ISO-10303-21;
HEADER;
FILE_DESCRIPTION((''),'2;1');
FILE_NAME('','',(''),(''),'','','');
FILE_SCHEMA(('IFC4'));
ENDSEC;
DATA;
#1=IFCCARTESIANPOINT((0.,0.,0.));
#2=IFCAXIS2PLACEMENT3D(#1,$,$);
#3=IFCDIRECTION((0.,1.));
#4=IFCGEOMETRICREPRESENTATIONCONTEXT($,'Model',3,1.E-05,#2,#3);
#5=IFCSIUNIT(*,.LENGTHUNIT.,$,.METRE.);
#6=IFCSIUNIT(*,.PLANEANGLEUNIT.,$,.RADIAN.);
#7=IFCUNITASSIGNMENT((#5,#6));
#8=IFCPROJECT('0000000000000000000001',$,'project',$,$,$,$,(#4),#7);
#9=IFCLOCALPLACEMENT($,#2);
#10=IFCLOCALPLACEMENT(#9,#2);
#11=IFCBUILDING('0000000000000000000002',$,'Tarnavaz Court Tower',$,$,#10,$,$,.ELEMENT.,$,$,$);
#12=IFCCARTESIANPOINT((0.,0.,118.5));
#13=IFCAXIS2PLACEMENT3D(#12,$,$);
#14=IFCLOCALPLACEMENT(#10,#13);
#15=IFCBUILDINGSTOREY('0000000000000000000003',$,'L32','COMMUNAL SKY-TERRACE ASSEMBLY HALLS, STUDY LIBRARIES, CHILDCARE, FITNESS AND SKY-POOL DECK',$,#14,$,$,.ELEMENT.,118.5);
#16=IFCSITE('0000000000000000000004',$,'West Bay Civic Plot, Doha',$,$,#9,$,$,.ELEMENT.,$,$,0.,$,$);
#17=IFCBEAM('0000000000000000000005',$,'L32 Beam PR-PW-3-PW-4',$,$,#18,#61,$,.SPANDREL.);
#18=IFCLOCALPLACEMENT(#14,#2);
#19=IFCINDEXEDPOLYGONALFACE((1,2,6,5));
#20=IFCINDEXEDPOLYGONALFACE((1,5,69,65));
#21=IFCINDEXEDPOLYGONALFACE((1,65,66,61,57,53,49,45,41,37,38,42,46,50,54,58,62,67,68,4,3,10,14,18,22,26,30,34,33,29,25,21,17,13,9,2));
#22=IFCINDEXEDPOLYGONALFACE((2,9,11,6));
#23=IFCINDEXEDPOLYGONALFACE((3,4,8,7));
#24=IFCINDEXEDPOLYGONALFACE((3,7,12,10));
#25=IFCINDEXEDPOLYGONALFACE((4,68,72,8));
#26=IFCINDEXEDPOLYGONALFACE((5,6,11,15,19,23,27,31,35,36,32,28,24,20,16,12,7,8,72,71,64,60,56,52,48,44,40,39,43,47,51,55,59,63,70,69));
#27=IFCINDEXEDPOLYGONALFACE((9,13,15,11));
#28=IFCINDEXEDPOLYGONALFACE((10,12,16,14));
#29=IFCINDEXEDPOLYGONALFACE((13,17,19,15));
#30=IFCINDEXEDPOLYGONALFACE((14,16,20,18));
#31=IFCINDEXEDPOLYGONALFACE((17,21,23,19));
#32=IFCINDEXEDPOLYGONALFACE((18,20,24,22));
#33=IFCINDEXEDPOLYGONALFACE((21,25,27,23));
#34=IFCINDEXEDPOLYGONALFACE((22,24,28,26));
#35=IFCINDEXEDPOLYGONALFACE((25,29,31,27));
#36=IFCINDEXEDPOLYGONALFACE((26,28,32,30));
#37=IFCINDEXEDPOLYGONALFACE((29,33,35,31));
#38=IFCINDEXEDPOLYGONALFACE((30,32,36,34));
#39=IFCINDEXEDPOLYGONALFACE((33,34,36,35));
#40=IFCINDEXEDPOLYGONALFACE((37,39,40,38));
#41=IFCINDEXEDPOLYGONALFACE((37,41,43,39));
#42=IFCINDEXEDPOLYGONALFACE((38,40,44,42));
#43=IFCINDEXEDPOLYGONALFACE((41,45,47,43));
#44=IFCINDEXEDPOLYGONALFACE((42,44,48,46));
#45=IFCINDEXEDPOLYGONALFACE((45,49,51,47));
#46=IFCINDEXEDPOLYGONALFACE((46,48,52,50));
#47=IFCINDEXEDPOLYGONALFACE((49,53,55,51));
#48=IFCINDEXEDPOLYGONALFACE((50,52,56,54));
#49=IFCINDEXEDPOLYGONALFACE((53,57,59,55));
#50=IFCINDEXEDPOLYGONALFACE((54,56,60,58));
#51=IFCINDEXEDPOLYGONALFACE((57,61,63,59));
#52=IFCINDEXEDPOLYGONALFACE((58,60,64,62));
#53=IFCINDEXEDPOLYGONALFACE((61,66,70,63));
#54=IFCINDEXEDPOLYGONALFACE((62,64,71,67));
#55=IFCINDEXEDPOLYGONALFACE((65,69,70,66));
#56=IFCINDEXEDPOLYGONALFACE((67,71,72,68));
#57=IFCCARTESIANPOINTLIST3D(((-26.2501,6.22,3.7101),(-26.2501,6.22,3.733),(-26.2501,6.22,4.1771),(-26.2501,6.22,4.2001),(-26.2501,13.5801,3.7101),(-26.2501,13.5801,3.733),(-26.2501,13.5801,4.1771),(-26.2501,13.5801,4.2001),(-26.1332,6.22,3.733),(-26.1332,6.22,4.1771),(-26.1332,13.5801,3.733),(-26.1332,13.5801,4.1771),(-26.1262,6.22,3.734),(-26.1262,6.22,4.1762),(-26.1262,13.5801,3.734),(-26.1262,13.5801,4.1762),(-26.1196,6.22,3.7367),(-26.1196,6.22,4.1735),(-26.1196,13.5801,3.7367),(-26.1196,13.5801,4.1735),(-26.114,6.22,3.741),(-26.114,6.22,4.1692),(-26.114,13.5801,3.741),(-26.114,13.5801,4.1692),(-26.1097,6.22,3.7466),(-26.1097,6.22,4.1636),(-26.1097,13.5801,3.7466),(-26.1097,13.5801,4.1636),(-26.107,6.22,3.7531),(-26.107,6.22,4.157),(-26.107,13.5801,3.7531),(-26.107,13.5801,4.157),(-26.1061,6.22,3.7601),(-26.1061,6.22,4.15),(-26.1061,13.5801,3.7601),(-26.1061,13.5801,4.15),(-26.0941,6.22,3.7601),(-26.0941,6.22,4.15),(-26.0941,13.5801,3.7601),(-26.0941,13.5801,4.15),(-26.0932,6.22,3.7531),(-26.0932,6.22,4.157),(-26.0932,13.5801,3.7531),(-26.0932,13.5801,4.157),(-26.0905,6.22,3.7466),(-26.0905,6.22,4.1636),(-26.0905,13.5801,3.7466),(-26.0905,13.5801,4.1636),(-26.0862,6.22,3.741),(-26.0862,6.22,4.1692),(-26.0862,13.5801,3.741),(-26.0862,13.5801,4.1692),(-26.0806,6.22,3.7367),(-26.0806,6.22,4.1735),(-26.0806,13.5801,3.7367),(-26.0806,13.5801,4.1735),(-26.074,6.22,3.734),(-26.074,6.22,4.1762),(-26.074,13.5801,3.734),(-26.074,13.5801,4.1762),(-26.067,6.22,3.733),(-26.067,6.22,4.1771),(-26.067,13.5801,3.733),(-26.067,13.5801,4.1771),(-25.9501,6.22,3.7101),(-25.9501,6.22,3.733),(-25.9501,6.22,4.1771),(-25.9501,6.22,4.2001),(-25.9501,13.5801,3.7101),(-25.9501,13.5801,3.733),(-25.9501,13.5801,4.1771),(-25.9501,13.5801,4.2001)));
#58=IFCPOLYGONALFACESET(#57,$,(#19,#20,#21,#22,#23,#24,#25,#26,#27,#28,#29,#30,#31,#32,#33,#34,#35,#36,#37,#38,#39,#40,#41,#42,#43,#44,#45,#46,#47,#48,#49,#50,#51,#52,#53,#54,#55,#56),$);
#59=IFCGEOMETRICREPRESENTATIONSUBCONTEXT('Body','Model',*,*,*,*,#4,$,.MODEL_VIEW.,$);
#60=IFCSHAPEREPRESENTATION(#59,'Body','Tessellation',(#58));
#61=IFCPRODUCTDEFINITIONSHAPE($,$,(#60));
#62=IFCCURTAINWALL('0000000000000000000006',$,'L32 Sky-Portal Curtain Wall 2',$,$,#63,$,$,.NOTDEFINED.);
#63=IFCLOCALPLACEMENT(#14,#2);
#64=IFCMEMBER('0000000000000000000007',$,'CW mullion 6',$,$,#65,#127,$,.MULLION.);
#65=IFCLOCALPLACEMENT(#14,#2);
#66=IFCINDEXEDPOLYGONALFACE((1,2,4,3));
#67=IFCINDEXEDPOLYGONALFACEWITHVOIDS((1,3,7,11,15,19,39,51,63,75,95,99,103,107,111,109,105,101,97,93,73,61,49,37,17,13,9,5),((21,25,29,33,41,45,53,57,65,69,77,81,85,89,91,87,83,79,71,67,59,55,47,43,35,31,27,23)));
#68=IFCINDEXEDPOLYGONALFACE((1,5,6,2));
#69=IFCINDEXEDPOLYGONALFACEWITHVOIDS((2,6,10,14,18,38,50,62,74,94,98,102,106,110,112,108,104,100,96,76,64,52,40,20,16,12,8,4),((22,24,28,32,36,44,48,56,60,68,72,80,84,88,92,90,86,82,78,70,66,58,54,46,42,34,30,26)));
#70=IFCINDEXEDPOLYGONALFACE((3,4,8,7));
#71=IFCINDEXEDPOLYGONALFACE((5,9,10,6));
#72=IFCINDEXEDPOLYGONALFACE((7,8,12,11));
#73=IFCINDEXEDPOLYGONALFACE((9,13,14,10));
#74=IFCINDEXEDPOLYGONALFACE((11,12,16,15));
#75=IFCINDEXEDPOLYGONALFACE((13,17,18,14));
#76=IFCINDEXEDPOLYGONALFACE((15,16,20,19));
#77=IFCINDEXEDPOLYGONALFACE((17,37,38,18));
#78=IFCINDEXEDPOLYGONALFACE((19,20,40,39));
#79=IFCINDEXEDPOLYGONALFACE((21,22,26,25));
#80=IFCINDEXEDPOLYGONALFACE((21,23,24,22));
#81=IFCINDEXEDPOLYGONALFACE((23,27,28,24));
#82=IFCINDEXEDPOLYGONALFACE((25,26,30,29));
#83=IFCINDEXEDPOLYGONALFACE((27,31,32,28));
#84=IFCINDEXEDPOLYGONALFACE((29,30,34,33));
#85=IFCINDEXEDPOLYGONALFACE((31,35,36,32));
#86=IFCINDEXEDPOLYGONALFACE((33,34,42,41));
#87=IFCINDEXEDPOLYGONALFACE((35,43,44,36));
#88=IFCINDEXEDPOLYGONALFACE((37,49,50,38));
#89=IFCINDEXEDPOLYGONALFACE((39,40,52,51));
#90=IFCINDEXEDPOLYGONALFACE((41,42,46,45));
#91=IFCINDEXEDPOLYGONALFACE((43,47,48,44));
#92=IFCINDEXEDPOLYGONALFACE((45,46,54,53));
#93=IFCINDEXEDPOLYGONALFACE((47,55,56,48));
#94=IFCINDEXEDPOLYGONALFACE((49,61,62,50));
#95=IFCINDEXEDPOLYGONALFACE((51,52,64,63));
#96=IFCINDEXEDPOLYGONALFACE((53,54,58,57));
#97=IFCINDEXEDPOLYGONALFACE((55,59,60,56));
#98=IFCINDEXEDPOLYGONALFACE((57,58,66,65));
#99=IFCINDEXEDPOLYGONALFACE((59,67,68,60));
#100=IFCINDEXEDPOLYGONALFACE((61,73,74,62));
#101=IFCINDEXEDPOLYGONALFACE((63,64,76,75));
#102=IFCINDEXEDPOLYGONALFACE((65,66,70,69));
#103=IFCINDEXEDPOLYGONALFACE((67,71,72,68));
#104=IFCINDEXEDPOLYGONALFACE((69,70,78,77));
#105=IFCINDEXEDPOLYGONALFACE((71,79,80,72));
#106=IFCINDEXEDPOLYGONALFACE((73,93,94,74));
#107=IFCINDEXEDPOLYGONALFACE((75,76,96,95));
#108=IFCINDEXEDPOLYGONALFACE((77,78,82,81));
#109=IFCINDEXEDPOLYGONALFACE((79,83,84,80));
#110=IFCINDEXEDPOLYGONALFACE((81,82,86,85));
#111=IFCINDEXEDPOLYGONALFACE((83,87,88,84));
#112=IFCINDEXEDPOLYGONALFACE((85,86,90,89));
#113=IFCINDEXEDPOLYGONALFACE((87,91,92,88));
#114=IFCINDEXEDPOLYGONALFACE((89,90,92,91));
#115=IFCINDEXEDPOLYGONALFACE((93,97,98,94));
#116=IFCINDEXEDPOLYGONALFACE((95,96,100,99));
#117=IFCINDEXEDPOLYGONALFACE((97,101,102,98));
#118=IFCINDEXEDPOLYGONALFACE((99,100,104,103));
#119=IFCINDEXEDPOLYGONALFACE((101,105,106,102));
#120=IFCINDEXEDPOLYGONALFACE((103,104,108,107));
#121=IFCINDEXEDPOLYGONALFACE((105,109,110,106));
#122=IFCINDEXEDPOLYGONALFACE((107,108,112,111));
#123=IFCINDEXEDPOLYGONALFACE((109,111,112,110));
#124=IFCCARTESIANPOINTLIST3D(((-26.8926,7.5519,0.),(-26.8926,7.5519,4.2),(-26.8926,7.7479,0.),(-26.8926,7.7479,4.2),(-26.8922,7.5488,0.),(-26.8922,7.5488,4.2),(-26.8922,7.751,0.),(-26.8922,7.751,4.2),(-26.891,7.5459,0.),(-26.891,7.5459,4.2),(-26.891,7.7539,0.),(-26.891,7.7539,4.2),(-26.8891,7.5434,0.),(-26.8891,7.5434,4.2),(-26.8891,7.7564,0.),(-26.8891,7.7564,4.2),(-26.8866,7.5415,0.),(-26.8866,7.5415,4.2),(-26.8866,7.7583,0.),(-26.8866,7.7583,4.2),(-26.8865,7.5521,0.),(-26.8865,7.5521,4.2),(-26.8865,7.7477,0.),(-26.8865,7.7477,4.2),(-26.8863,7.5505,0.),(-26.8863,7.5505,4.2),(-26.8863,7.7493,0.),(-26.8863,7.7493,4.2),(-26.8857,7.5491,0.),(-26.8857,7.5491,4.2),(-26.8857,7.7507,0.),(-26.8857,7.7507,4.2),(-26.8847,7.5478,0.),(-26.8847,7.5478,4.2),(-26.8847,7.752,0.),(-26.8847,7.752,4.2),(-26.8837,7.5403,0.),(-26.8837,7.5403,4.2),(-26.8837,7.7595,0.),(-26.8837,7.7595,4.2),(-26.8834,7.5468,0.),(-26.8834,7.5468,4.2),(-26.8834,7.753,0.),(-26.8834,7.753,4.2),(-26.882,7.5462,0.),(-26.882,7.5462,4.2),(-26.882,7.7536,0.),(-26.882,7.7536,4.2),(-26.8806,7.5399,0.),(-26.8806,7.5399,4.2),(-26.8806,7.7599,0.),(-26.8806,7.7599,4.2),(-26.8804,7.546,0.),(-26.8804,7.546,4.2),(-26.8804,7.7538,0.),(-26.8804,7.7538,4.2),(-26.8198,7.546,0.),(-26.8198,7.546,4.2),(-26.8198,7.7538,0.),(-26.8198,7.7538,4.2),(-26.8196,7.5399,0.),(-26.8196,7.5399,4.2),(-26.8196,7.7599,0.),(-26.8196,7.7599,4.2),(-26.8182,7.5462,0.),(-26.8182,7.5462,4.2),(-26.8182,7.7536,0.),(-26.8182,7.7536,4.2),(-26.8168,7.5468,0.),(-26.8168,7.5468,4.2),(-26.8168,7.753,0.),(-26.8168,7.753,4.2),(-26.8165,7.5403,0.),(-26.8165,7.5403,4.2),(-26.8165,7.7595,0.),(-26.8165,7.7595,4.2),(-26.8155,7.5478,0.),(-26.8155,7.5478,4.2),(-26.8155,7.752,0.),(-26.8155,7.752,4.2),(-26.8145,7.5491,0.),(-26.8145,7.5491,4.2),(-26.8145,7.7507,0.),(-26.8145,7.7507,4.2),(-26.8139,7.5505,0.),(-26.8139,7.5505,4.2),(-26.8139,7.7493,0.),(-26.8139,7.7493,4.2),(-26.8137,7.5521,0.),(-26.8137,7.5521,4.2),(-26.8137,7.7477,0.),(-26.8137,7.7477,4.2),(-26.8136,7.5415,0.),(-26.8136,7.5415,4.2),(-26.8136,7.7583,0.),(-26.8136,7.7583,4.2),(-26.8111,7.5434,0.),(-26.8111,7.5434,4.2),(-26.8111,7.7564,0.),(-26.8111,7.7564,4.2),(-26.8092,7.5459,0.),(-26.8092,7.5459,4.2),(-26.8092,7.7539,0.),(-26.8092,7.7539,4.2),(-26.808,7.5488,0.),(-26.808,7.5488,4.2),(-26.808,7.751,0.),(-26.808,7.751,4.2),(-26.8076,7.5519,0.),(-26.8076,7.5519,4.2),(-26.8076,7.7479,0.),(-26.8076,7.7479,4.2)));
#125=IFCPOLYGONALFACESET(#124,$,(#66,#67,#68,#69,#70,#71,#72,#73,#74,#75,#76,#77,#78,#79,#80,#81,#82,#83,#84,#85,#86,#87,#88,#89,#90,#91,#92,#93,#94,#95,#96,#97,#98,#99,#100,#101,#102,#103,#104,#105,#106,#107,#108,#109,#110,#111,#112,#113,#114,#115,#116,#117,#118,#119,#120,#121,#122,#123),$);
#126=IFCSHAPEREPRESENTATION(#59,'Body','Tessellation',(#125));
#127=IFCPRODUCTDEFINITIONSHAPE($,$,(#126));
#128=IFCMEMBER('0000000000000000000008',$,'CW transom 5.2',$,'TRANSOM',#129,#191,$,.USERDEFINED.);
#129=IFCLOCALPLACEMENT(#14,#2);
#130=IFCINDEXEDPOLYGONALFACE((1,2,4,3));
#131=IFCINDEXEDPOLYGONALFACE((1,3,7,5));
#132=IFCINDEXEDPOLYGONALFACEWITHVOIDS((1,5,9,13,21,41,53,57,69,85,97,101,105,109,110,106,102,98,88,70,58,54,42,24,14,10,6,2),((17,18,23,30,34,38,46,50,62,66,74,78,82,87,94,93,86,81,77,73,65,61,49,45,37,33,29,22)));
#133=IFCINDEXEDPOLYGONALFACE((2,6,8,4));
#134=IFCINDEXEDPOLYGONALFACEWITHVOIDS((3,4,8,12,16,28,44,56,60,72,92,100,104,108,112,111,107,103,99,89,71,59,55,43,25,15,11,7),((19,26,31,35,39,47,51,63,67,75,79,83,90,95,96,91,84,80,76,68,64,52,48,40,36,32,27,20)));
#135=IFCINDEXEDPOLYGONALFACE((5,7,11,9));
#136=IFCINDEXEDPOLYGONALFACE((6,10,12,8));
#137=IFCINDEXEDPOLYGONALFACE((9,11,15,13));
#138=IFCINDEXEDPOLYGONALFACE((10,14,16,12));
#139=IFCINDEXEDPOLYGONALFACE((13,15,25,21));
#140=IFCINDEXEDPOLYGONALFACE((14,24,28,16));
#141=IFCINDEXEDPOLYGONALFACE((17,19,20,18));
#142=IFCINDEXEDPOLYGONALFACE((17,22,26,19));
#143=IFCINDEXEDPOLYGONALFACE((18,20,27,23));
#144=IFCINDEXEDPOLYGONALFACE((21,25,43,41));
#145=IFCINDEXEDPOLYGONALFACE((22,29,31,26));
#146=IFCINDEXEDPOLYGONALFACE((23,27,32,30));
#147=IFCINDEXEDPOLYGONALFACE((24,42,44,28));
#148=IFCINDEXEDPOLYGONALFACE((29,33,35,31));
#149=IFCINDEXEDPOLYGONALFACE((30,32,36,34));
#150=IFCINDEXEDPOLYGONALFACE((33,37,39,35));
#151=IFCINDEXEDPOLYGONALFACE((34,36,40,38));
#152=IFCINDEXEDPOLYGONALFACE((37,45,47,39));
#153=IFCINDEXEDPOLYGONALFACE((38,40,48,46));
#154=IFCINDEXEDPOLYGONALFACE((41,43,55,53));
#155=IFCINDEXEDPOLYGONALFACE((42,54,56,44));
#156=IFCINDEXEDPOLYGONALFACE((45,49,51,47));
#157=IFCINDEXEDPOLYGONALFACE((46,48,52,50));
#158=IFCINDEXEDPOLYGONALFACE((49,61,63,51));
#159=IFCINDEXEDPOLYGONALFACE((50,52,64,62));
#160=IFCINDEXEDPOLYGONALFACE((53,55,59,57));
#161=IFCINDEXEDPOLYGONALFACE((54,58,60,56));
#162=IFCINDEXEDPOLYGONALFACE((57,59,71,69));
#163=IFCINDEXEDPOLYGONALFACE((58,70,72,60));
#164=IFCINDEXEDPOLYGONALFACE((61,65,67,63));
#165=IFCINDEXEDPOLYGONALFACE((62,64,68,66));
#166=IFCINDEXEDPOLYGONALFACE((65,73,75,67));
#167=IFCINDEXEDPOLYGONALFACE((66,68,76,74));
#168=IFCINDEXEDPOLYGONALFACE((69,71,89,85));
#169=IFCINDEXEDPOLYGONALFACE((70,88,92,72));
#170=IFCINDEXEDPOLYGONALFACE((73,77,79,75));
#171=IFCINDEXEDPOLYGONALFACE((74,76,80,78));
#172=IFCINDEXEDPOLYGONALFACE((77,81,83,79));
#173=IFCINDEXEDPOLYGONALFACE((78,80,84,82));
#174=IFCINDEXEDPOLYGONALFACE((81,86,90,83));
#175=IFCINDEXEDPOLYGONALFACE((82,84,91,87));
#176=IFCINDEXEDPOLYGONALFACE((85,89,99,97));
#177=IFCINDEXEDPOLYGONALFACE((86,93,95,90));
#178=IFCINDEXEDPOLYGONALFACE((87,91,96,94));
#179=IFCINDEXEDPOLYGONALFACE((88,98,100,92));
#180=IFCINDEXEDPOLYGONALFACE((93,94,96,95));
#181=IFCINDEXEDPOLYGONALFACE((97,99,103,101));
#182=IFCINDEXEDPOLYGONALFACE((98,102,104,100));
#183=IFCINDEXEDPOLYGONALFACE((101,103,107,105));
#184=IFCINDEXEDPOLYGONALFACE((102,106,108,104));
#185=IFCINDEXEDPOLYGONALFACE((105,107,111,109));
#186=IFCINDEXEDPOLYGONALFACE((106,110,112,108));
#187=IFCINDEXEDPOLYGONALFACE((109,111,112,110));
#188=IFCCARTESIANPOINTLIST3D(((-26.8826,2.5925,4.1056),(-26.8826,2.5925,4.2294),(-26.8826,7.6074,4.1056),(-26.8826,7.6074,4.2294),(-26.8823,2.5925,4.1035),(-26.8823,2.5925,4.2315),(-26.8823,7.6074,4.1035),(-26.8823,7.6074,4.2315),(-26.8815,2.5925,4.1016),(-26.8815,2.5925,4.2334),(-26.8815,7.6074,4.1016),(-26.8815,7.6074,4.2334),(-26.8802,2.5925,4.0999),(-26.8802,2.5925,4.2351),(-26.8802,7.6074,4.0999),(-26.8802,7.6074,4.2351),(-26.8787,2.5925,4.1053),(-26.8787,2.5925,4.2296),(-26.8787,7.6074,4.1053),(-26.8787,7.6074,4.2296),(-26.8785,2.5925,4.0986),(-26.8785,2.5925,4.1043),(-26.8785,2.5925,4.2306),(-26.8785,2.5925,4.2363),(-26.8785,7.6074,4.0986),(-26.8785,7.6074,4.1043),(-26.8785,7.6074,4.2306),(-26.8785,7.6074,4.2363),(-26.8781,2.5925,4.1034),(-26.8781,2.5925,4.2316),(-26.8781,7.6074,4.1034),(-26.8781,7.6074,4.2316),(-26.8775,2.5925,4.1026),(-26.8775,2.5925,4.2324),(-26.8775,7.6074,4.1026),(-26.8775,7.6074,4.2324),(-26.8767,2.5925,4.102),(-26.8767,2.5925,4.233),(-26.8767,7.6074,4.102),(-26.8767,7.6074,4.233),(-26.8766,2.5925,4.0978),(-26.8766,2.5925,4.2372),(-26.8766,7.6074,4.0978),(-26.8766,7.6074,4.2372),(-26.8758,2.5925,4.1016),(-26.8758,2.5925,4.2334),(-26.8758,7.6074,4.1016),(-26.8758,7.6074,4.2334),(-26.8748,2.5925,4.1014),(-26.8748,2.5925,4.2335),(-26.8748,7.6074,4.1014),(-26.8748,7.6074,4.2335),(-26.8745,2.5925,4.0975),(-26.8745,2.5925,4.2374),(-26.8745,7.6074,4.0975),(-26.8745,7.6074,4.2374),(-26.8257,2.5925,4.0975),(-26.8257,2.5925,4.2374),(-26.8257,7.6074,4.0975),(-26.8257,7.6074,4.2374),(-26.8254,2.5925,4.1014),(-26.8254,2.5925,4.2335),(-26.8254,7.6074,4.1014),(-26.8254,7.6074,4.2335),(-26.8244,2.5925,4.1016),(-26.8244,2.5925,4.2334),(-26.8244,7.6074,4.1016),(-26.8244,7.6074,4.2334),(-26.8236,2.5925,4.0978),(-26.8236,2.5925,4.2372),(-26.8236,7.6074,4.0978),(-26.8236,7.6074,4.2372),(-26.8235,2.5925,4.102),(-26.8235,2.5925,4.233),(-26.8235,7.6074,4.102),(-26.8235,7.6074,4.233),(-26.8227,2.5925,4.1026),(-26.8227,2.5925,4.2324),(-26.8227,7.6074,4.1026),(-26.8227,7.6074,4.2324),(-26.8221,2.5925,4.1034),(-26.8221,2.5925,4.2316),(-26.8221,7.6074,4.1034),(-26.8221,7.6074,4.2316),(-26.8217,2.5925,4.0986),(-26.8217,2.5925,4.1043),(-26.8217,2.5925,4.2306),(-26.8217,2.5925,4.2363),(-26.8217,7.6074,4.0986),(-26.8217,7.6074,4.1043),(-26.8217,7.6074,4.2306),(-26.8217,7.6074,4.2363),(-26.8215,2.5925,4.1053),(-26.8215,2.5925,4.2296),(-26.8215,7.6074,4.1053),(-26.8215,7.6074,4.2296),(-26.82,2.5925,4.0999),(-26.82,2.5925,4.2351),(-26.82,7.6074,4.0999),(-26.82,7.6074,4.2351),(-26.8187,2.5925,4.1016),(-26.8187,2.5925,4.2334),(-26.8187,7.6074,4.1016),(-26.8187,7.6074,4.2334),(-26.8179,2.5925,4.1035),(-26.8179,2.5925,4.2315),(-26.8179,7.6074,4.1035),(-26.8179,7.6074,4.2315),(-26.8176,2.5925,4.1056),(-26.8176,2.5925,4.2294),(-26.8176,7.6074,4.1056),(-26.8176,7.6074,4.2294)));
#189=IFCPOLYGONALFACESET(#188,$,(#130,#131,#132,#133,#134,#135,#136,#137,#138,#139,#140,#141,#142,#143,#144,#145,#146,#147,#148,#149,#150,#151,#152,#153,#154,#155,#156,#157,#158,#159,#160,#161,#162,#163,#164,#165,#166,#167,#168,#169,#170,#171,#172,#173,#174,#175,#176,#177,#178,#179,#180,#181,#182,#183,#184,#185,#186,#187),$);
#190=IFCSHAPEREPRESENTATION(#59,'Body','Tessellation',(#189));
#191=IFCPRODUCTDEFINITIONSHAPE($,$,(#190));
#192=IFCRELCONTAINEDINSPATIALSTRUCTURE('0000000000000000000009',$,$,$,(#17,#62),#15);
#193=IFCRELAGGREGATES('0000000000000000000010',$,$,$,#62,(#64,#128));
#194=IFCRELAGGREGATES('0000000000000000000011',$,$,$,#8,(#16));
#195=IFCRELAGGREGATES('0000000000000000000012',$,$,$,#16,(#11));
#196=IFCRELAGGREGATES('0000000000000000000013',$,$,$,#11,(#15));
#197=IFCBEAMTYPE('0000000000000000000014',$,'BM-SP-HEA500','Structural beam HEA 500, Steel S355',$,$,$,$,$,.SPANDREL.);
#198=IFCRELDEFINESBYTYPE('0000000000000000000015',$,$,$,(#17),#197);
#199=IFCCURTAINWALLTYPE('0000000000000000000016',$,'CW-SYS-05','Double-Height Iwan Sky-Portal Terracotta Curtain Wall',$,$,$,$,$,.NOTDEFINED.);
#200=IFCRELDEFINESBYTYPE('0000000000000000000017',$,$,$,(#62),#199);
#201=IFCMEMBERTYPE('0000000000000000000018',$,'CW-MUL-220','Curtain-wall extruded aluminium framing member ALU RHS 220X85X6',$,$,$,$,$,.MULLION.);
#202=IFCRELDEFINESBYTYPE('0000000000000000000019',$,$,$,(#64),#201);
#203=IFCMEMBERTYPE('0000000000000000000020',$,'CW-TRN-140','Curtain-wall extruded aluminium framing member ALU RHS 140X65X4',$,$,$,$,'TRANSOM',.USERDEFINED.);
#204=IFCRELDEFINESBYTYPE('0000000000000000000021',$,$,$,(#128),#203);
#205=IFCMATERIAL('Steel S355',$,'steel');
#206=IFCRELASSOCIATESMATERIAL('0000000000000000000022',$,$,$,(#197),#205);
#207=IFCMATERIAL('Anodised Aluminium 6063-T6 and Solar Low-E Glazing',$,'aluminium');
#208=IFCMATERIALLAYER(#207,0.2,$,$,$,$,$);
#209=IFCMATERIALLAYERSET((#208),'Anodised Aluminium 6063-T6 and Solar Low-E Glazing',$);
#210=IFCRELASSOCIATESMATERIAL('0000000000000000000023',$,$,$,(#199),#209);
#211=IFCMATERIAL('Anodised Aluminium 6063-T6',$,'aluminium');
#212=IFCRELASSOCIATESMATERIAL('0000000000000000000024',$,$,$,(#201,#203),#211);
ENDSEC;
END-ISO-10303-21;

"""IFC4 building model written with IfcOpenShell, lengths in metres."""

from ifc_helpers import new_model, si_unit, direction, frame, origin, origin_2d, place, context, subcontext, project, spatial, hollow_rectangle, i_section, extrude, material, layer, layer_set, material_profile, profile_set, type_object, element, aggregate, save


model = new_model("IFC4")

# Units and contexts
model_context = context("Model", 3, precision=1e-05, world=origin(), true_north=direction((0.0, 1.0)))
body_context = subcontext(model_context, "Body", "Model", "MODEL_VIEW")
ifc_project = project(units=[si_unit("LENGTHUNIT", "METRE"), si_unit("PLANEANGLEUNIT", "RADIAN")], contexts=[model_context])

# Site, building, storey
site_placement = place(None, origin())
site = spatial("IfcSite", under=ifc_project, at=site_placement, Name="West Bay Civic Plot, Doha", CompositionType="ELEMENT", RefElevation=0.0)
building_placement = place(site_placement, origin())
building = spatial("IfcBuilding", under=site, at=building_placement, Name="Tarnavaz Court Tower", CompositionType="ELEMENT")
storey_placement = place(building_placement, frame((0.0, 0.0, 118.5)))
storey = spatial("IfcBuildingStorey", under=building, at=storey_placement, Name="L32", Description="COMMUNAL SKY-TERRACE ASSEMBLY HALLS, STUDY LIBRARIES, CHILDCARE, FITNESS AND SKY-POOL DECK", CompositionType="ELEMENT", Elevation=118.5)

# Beam
ifc_material_1 = material(Name="Steel S355", Category="steel")
ifc_material_profile_1 = material_profile(ifc_material_1, i_section(OverallWidth=0.3, OverallDepth=0.49, WebThickness=0.012, FlangeThickness=0.0229, FilletRadius=0.0271, at=origin_2d()), Name="HEA 500")
ifc_profile_set_1 = profile_set([ifc_material_profile_1], Name="Steel S355")
beam_type_1 = type_object("IfcBeamType", Name="BM-SP-HEA500", Description="Structural beam HEA 500, Steel S355", PredefinedType="SPANDREL", material=ifc_profile_set_1)
beam_1_placement = place(storey_placement, frame((-26.1001, 6.22, 3.9551), z_axis=(0.0, 1.0, 0.0), x_axis=(-1.0, 0.0, 0.0)))
element("IfcBeam", 1, at=beam_1_placement, inside=storey, type_object=beam_type_1, Name="L32 Beam PR-PW-3-PW-4", PredefinedType="SPANDREL", context=body_context, shape_type="SweptSolid", body=[
    extrude(i_section(OverallWidth=0.3, OverallDepth=0.49, WebThickness=0.012, FlangeThickness=0.0229, FilletRadius=0.0271, at=origin_2d()), origin(), (0.0, 0.0, 1.0), 7.3601),
])

# Curtain wall, members
ifc_material_2 = material(Name="Anodised Aluminium 6063-T6 and Solar Low-E Glazing", Category="aluminium")
ifc_layer_1 = layer(ifc_material_2, 0.2)
ifc_layer_set_1 = layer_set([ifc_layer_1], Name="Anodised Aluminium 6063-T6 and Solar Low-E Glazing")
curtain_wall_type = type_object("IfcCurtainWallType", Name="CW-SYS-05", Description="Double-Height Iwan Sky-Portal Terracotta Curtain Wall", PredefinedType="NOTDEFINED", material=ifc_layer_set_1)
curtain_wall_placement = place(storey_placement, origin())
curtain_wall = element("IfcCurtainWall", 2, at=curtain_wall_placement, inside=storey, type_object=curtain_wall_type, Name="L32 Sky-Portal Curtain Wall 2", PredefinedType="NOTDEFINED")
ifc_material_3 = material(Name="Anodised Aluminium 6063-T6", Category="aluminium")
ifc_material_profile_2 = material_profile(ifc_material_3, hollow_rectangle(XDim=0.085, YDim=0.22, WallThickness=0.0061, InnerFilletRadius=0.0061, OuterFilletRadius=0.012, at=origin_2d()), Name="ALU RHS 220X85X6")
ifc_profile_set_2 = profile_set([ifc_material_profile_2], Name="Anodised Aluminium 6063-T6")
member_type_1 = type_object("IfcMemberType", Name="CW-MUL-220", Description="Curtain-wall extruded aluminium framing member ALU RHS 220X85X6", PredefinedType="MULLION", material=ifc_profile_set_2)
member_1_placement = place(storey_placement, frame((-26.8501, 7.6499, 0.0), z_axis=(0.0, 0.0, 1.0), x_axis=(-1.0, 0.0, 0.0)))
member_1 = element("IfcMember", 3, at=member_1_placement, type_object=member_type_1, Name="CW mullion 6", PredefinedType="MULLION", context=body_context, shape_type="SweptSolid", body=[
    extrude(hollow_rectangle(XDim=0.085, YDim=0.22, WallThickness=0.0061, InnerFilletRadius=0.0061, OuterFilletRadius=0.012, at=origin_2d()), origin(), (0.0, 0.0, 1.0), 4.2),
])
ifc_material_profile_3 = material_profile(ifc_material_3, hollow_rectangle(XDim=0.0649, YDim=0.1399, WallThickness=0.0039, InnerFilletRadius=0.0039, OuterFilletRadius=0.0081, at=origin_2d()), Name="ALU RHS 140X65X4")
ifc_profile_set_3 = profile_set([ifc_material_profile_3], Name="Anodised Aluminium 6063-T6")
member_type_2 = type_object("IfcMemberType", Name="CW-TRN-140", Description="Curtain-wall extruded aluminium framing member ALU RHS 140X65X4", ElementType="TRANSOM", PredefinedType="USERDEFINED", material=ifc_profile_set_3)
member_2_placement = place(storey_placement, frame((-26.8501, 2.5925, 4.1675), z_axis=(0.0, 1.0, 0.0), x_axis=(-1.0, 0.0, 0.0)))
member_2 = element("IfcMember", 4, at=member_2_placement, type_object=member_type_2, Name="CW transom 5.2", ObjectType="TRANSOM", PredefinedType="USERDEFINED", context=body_context, shape_type="SweptSolid", body=[
    extrude(hollow_rectangle(XDim=0.0649, YDim=0.1399, WallThickness=0.0039, InnerFilletRadius=0.0039, OuterFilletRadius=0.0081, at=origin_2d()), origin(), (0.0, 0.0, 1.0), 5.0149),
])
aggregate(curtain_wall, [member_1, member_2])

save(model, "model.ifc")
